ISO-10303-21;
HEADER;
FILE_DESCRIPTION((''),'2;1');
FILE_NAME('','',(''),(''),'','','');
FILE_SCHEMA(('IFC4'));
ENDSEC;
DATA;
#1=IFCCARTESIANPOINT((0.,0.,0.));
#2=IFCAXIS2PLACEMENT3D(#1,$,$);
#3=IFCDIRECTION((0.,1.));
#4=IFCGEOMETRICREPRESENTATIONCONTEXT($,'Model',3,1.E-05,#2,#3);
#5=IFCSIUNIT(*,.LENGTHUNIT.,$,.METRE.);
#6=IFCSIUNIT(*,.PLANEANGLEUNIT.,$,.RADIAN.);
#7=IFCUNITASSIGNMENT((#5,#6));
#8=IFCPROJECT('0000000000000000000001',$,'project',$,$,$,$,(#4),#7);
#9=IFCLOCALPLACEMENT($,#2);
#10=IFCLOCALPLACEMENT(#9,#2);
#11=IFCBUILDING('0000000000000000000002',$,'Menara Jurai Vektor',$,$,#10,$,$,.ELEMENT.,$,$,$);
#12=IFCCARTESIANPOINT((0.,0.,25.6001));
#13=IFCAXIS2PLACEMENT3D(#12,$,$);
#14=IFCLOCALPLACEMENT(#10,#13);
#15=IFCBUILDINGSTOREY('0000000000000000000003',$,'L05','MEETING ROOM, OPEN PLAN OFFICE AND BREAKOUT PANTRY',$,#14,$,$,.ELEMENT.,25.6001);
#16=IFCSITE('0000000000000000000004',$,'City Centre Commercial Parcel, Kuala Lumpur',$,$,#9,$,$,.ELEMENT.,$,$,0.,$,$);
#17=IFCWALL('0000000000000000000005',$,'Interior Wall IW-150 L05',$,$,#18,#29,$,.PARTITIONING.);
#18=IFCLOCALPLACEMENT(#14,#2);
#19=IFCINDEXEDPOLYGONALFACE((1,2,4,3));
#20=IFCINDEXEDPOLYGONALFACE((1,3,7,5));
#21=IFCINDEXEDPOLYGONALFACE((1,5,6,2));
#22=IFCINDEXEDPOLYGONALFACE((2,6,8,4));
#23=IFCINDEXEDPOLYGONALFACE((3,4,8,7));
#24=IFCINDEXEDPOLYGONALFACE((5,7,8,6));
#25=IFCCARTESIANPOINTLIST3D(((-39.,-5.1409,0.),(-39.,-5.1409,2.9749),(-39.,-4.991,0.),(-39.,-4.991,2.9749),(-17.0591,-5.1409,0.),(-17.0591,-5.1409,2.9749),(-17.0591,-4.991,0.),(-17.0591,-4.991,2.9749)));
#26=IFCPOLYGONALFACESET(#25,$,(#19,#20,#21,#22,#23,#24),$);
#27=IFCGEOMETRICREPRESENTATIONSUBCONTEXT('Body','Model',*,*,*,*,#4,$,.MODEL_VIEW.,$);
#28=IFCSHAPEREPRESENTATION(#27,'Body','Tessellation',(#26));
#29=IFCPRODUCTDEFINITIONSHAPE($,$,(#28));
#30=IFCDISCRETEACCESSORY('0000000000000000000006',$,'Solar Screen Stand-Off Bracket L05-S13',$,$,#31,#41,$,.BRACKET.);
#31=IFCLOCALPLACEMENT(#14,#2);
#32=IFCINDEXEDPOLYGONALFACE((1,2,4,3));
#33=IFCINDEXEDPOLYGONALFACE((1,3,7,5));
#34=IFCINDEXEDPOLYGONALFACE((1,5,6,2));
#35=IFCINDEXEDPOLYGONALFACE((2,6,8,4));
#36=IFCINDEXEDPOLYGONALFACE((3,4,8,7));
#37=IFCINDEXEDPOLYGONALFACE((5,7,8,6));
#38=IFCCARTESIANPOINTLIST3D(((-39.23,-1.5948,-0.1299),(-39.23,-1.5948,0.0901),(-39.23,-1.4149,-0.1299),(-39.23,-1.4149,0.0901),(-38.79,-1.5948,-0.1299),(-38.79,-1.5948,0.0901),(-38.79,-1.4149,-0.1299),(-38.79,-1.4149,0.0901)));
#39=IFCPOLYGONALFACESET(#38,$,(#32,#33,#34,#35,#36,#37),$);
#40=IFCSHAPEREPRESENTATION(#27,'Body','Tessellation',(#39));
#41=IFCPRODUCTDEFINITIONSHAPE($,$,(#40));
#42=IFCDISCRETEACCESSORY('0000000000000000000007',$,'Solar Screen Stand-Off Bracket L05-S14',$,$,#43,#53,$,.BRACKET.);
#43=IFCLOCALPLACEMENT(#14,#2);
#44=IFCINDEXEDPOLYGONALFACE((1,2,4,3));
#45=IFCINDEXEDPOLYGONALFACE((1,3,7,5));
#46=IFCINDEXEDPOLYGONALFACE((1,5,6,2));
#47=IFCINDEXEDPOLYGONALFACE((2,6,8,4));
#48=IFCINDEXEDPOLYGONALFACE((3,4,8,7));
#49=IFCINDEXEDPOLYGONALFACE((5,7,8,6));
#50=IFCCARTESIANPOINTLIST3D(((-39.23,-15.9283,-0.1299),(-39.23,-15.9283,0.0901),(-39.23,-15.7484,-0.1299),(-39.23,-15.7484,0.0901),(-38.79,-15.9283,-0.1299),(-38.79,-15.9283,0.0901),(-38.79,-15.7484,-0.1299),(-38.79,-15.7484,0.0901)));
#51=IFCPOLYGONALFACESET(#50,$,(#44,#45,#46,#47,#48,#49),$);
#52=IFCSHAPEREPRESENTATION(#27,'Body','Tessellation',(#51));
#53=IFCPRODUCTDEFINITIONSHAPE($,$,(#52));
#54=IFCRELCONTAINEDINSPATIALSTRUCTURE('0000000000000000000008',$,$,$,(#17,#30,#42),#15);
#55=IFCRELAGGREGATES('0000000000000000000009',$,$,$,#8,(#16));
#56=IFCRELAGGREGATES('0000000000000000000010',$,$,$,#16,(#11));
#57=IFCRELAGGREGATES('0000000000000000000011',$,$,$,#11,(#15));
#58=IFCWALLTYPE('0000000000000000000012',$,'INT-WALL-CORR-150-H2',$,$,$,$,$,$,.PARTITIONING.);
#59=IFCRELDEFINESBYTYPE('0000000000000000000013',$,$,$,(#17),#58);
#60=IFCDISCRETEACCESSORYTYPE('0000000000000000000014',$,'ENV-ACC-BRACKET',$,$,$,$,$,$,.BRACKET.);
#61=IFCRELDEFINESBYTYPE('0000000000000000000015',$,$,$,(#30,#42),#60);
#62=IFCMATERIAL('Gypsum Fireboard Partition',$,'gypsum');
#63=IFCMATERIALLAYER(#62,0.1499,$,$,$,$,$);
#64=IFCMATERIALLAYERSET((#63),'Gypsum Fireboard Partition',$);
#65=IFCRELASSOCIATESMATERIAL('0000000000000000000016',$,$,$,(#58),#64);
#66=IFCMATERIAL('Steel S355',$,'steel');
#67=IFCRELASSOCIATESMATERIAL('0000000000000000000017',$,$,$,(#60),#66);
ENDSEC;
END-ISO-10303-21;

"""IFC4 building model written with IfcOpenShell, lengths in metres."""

from ifc_helpers import new_model, si_unit, direction, frame, frame_2d, origin, origin_2d, place, context, subcontext, project, spatial, rectangle, extrude, material, layer, layer_set, type_object, element, save


model = new_model("IFC4")

# Units and contexts
model_context = context("Model", 3, precision=1e-05, world=origin(), true_north=direction((0.0, 1.0)))
body_context = subcontext(model_context, "Body", "Model", "MODEL_VIEW")
ifc_project = project(units=[si_unit("LENGTHUNIT", "METRE"), si_unit("PLANEANGLEUNIT", "RADIAN")], contexts=[model_context])

# Site, building, storey
site_placement = place(None, origin())
site = spatial("IfcSite", under=ifc_project, at=site_placement, Name="City Centre Commercial Parcel, Kuala Lumpur", CompositionType="ELEMENT", RefElevation=0.0)
building_placement = place(site_placement, origin())
building = spatial("IfcBuilding", under=site, at=building_placement, Name="Menara Jurai Vektor", CompositionType="ELEMENT")
storey_placement = place(building_placement, frame((0.0, 0.0, 25.6001)))
storey = spatial("IfcBuildingStorey", under=building, at=storey_placement, Name="L05", Description="MEETING ROOM, OPEN PLAN OFFICE AND BREAKOUT PANTRY", CompositionType="ELEMENT", Elevation=25.6001)

# Shared definitions
ifc_material_1 = material(Name="Steel S355", Category="steel")

# Wall
ifc_material_2 = material(Name="Gypsum Fireboard Partition", Category="gypsum")
ifc_layer_1 = layer(ifc_material_2, 0.1499)
ifc_layer_set_1 = layer_set([ifc_layer_1], Name="Gypsum Fireboard Partition")
wall_type_1 = type_object("IfcWallType", Name="INT-WALL-CORR-150-H2", PredefinedType="PARTITIONING", material=ifc_layer_set_1)
wall_1_placement = place(storey_placement, frame((-39.0, -5.0659, 0.0), z_axis=(0.0, 0.0, 1.0), x_axis=(1.0, 0.0, 0.0)))
element("IfcWall", 1, at=wall_1_placement, inside=storey, type_object=wall_type_1, Name="Interior Wall IW-150 L05", PredefinedType="PARTITIONING", context=body_context, shape_type="SweptSolid", body=[
    extrude(rectangle(XDim=21.9409, YDim=0.1499, at=frame_2d((10.9705, 0.0))), origin(), (0.0, 0.0, 1.0), 2.9749),
])

# Discrete accessories
discrete_accessory_type = type_object("IfcDiscreteAccessoryType", Name="ENV-ACC-BRACKET", PredefinedType="BRACKET", material=ifc_material_1)
for number, where, z_axis, x_axis, name in (
    (2, (-39.01, -1.5049, -0.1299), (0.0, 0.0, 1.0), (0.0, -1.0, 0.0), "Solar Screen Stand-Off Bracket L05-S13"),
    (3, (-39.01, -15.8384, -0.1299), (0.0, 0.0, 1.0), (0.0, -1.0, 0.0), "Solar Screen Stand-Off Bracket L05-S14"),
):
    element("IfcDiscreteAccessory", number, at=place(storey_placement, frame(where, z_axis=z_axis, x_axis=x_axis)), inside=storey, type_object=discrete_accessory_type, Name=name, PredefinedType="BRACKET", context=body_context, shape_type="SweptSolid", body=[
        extrude(rectangle(XDim=0.1799, YDim=0.4399, at=origin_2d()), origin(), (0.0, 0.0, 1.0), 0.22),
    ])

save(model, "model.ifc")
